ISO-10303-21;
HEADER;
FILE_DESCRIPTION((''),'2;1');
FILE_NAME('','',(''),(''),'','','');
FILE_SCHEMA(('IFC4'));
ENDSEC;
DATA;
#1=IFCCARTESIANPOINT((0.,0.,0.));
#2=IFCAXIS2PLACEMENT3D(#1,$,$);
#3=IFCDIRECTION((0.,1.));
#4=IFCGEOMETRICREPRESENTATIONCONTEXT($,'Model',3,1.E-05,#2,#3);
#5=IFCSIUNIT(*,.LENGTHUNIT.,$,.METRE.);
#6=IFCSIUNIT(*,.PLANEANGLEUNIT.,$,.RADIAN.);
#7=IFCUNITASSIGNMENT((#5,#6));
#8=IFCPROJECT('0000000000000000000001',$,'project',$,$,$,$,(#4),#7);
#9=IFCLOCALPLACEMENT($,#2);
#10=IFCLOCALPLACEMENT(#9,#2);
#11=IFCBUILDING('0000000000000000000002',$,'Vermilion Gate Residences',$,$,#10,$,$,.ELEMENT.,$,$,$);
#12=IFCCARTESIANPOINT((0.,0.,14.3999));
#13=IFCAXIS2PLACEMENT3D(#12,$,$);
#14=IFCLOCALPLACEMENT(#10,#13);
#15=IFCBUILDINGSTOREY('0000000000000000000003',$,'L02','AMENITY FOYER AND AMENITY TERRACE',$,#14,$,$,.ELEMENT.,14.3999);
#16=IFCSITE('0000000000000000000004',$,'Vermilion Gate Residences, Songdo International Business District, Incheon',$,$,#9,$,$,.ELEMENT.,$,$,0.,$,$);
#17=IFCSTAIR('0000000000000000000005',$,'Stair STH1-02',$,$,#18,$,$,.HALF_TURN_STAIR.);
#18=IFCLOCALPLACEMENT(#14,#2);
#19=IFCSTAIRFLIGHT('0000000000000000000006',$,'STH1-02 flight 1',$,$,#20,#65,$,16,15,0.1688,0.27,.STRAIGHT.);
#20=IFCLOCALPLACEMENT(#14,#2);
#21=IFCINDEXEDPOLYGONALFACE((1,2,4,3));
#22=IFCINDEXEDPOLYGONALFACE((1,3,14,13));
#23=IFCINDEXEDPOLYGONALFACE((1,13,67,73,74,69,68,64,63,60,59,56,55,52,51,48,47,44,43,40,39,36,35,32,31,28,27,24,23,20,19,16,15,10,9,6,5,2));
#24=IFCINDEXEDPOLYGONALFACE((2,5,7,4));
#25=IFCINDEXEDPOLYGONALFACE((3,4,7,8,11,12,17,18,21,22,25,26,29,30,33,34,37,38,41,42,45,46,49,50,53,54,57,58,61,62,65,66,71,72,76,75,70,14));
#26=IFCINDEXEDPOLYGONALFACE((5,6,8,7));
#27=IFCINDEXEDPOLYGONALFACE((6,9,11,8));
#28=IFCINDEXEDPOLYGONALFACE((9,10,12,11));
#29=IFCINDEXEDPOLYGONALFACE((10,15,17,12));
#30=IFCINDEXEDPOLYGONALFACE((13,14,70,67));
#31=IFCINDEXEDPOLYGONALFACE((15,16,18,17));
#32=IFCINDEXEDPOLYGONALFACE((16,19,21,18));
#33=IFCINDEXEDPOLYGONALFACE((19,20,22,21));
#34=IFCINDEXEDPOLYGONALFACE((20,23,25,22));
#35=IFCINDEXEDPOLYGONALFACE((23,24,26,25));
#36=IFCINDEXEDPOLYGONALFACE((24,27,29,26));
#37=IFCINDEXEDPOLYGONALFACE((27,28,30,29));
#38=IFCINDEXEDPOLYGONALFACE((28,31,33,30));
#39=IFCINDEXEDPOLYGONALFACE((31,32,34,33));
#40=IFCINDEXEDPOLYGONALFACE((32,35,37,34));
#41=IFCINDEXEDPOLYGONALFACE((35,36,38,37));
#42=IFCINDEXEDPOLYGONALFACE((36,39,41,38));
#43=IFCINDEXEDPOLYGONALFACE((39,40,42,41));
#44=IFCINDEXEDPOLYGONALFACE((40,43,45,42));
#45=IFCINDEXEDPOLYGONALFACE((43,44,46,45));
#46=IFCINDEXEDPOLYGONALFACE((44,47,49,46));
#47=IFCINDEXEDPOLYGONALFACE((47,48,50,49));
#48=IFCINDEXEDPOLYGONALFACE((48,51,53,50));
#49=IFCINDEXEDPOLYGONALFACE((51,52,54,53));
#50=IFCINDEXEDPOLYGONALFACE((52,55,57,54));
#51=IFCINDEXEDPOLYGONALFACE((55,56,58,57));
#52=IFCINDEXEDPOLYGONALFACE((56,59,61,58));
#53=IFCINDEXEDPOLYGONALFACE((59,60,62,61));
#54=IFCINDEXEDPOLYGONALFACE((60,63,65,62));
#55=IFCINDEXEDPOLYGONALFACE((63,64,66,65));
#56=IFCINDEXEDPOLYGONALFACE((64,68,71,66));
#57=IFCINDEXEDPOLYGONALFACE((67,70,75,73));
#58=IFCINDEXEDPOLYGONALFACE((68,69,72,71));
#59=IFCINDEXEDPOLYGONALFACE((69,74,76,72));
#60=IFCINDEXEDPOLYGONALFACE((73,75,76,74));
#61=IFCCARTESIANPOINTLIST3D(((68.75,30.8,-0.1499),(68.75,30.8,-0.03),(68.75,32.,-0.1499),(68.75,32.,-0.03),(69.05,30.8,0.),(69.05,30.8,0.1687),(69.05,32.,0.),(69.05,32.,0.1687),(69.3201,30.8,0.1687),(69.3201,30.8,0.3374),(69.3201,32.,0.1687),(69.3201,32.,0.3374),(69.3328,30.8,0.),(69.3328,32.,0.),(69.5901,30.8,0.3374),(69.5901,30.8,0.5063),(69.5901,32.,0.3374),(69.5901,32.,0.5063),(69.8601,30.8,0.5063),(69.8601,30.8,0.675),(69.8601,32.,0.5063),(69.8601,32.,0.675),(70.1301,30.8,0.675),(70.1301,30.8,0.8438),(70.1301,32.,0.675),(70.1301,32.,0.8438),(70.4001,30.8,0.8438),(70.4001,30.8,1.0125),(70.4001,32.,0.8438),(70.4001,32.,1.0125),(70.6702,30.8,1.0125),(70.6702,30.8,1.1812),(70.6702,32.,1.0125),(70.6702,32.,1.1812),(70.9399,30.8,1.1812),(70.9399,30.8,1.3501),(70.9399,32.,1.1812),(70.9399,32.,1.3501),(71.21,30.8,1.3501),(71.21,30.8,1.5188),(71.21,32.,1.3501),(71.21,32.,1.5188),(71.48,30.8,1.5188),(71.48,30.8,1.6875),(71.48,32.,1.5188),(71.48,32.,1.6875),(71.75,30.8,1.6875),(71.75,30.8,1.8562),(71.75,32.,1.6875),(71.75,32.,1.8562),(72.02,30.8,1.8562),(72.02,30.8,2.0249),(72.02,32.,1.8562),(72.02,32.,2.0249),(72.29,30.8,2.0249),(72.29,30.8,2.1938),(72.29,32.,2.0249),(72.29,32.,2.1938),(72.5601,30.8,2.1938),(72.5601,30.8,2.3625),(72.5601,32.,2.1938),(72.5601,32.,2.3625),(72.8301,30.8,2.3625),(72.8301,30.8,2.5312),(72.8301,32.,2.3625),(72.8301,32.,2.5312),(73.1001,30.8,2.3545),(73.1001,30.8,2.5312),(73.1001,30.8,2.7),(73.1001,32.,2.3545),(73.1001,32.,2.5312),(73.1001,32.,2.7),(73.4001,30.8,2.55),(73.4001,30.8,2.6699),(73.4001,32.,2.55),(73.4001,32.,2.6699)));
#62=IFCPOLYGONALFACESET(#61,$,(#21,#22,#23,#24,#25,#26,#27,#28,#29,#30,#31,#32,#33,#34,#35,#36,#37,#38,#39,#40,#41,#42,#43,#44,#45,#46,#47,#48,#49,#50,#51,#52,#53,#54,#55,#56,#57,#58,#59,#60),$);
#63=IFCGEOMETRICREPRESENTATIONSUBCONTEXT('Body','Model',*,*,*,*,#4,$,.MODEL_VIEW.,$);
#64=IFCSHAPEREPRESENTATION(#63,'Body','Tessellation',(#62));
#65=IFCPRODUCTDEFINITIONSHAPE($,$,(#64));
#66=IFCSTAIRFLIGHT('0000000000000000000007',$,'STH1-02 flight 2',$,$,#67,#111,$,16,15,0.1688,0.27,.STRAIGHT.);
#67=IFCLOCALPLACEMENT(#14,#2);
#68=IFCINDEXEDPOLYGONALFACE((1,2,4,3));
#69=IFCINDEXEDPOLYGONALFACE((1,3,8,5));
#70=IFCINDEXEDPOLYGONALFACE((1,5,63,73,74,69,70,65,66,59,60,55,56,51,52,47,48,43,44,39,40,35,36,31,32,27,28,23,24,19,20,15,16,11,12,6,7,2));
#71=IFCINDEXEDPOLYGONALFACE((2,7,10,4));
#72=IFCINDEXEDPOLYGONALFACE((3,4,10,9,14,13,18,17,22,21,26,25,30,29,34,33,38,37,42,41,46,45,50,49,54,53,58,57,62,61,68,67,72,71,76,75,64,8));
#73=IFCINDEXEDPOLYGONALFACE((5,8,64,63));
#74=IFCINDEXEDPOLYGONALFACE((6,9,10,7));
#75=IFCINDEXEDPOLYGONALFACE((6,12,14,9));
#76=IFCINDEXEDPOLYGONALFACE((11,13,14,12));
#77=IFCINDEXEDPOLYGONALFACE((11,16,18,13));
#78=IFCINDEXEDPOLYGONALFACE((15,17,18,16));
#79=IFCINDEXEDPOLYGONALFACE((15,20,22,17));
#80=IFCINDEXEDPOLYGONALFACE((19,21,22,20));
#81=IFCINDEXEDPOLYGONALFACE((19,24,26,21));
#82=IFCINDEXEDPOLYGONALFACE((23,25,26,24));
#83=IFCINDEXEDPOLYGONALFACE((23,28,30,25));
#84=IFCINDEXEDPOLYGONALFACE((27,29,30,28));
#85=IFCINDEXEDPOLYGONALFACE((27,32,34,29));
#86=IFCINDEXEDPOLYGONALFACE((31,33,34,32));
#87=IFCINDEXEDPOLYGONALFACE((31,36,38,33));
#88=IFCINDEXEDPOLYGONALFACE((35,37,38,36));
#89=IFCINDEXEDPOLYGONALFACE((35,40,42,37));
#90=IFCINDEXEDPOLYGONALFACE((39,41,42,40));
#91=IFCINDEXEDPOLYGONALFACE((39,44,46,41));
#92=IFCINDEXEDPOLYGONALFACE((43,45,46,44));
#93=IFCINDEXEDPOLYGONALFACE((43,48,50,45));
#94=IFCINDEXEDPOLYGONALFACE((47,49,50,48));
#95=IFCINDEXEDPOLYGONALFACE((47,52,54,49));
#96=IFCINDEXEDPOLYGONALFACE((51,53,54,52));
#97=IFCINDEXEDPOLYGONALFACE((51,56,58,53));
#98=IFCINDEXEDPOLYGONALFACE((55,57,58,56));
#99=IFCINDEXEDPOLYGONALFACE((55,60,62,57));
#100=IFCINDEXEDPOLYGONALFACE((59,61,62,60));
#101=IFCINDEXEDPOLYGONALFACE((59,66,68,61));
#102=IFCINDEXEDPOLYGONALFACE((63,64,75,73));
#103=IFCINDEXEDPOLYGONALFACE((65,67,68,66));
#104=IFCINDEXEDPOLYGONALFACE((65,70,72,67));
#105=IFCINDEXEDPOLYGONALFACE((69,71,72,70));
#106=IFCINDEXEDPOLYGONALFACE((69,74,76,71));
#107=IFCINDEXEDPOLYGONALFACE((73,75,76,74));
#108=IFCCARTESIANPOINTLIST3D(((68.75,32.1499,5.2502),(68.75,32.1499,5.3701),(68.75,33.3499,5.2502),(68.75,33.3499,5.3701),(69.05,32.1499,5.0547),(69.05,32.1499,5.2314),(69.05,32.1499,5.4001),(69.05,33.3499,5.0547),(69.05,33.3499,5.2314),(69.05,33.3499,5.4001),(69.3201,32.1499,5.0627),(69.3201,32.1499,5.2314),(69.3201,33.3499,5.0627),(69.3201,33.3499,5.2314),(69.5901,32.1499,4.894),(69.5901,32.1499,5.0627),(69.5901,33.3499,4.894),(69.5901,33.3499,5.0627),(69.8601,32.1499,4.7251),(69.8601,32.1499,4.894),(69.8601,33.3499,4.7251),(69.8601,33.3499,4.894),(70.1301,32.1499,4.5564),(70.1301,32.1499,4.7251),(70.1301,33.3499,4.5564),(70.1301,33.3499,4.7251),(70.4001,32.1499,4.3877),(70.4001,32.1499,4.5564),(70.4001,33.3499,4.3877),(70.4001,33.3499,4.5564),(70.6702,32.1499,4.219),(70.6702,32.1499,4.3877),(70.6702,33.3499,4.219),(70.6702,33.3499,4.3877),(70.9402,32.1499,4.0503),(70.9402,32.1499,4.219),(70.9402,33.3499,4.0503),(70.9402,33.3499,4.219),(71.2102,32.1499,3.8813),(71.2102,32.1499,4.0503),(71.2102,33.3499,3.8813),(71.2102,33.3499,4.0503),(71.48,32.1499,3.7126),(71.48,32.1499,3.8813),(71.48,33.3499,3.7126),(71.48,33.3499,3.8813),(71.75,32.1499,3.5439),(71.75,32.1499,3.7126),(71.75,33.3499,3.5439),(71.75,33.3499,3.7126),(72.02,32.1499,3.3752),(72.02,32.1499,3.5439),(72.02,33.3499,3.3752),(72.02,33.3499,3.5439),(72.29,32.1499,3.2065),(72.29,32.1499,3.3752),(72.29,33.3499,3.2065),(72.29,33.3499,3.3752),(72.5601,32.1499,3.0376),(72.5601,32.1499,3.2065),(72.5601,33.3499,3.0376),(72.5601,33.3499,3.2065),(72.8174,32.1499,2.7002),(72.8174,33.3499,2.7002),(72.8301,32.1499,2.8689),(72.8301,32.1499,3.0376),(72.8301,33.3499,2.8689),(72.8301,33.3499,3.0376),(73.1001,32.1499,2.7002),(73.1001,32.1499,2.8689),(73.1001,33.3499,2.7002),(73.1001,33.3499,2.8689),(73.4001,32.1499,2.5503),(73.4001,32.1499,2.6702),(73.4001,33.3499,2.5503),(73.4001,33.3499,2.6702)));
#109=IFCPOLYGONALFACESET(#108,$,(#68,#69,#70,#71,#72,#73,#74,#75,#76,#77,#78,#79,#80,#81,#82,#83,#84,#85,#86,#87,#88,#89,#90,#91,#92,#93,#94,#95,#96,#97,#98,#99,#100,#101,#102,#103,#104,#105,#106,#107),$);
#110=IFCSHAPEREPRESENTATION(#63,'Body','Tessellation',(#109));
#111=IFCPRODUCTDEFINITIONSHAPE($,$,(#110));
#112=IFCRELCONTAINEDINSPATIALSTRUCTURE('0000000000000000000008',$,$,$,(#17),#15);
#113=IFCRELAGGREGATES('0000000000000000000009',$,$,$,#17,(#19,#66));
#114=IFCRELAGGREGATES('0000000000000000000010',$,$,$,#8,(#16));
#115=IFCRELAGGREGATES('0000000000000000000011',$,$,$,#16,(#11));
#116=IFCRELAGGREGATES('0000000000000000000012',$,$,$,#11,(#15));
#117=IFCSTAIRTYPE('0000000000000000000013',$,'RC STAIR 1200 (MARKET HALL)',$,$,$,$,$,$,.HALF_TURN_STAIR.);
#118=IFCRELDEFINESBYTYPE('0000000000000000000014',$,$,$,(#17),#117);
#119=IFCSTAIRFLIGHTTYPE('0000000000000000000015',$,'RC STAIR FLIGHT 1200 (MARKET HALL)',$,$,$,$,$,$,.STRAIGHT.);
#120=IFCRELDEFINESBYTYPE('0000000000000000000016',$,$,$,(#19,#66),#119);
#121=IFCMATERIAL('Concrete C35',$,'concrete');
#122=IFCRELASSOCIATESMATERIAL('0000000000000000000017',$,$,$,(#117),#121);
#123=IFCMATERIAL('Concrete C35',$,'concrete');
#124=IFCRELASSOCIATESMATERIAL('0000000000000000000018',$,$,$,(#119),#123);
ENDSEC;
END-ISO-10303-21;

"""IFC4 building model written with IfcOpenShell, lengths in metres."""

from ifc_helpers import new_model, si_unit, direction, frame, origin, place, context, subcontext, project, spatial, polyline, outline, extrude, material, type_object, element, aggregate, save


model = new_model("IFC4")

# Units and contexts
model_context = context("Model", 3, precision=1e-05, world=origin(), true_north=direction((0.0, 1.0)))
body_context = subcontext(model_context, "Body", "Model", "MODEL_VIEW")
ifc_project = project(units=[si_unit("LENGTHUNIT", "METRE"), si_unit("PLANEANGLEUNIT", "RADIAN")], contexts=[model_context])

# Site, building, storey
site_placement = place(None, origin())
site = spatial("IfcSite", under=ifc_project, at=site_placement, Name="Vermilion Gate Residences, Songdo International Business District, Incheon", CompositionType="ELEMENT", RefElevation=0.0)
building_placement = place(site_placement, origin())
building = spatial("IfcBuilding", under=site, at=building_placement, Name="Vermilion Gate Residences", CompositionType="ELEMENT")
storey_placement = place(building_placement, frame((0.0, 0.0, 14.3999)))
storey = spatial("IfcBuildingStorey", under=building, at=storey_placement, Name="L02", Description="AMENITY FOYER AND AMENITY TERRACE", CompositionType="ELEMENT", Elevation=14.3999)

# Stair, stair flights
ifc_material_1 = material(Name="Concrete C35", Category="concrete")
stair_type = type_object("IfcStairType", Name="RC STAIR 1200 (MARKET HALL)", PredefinedType="HALF_TURN_STAIR", material=ifc_material_1)
stair_placement = place(storey_placement, origin())
stair = element("IfcStair", 1, at=stair_placement, inside=storey, type_object=stair_type, Name="Stair STH1-02", PredefinedType="HALF_TURN_STAIR")
ifc_material_2 = material(Name="Concrete C35", Category="concrete")
stair_flight_type = type_object("IfcStairFlightType", Name="RC STAIR FLIGHT 1200 (MARKET HALL)", PredefinedType="STRAIGHT", material=ifc_material_2)
stair_flight_1_placement = place(storey_placement, frame((69.05, 31.3999, 0.0), z_axis=(0.0, 0.0, 1.0), x_axis=(1.0, 0.0, 0.0)))
stair_flight_1 = element("IfcStairFlight", 2, at=stair_flight_1_placement, type_object=stair_flight_type, Name="STH1-02 flight 1", NumberOfRisers=16, NumberOfTreads=15, PredefinedType="STRAIGHT", RiserHeight=0.1688, TreadLength=0.27, context=body_context, shape_type="SweptSolid", body=[
    extrude(outline(polyline([(-0.3, -0.1499), (-0.3, -0.03), (0.0, 0.0), (0.0, 0.1687), (0.27, 0.1687), (0.27, 0.3374), (0.54, 0.3374), (0.54, 0.5063), (0.8101, 0.5063), (0.8101, 0.675), (1.0801, 0.675), (1.0801, 0.8438), (1.3501, 0.8438), (1.3501, 1.0125), (1.6201, 1.0125), (1.6201, 1.1812), (1.8899, 1.1812), (1.8899, 1.3501), (2.1599, 1.3501), (2.1599, 1.5188), (2.4299, 1.5188), (2.4299, 1.6875), (2.7, 1.6875), (2.7, 1.8562), (2.97, 1.8562), (2.97, 2.0249), (3.24, 2.0249), (3.24, 2.1938), (3.51, 2.1938), (3.51, 2.3625), (3.78, 2.3625), (3.78, 2.5312), (4.05, 2.5312), (4.05, 2.7), (4.3501, 2.6699), (4.3501, 2.55), (4.05, 2.3545), (0.2827, 0.0), (-0.3, -0.1499)])), frame((0.0, 0.6001, 0.0), z_axis=(0.0, -1.0, 0.0), x_axis=(1.0, 0.0, 0.0)), (0.0, 0.0, 1.0), 1.2),
])
stair_flight_2_placement = place(storey_placement, frame((73.1001, 32.75, 2.7002), z_axis=(0.0, 0.0, 1.0), x_axis=(-1.0, 0.0, 0.0)))
stair_flight_2 = element("IfcStairFlight", 3, at=stair_flight_2_placement, type_object=stair_flight_type, Name="STH1-02 flight 2", NumberOfRisers=16, NumberOfTreads=15, PredefinedType="STRAIGHT", RiserHeight=0.1688, TreadLength=0.27, context=body_context, shape_type="SweptSolid", body=[
    extrude(outline(polyline([(-0.3, -0.1499), (-0.3, -0.03), (0.0, 0.0), (0.0, 0.1687), (0.27, 0.1687), (0.27, 0.3374), (0.54, 0.3374), (0.54, 0.5063), (0.8101, 0.5063), (0.8101, 0.675), (1.0801, 0.675), (1.0801, 0.8438), (1.3501, 0.8438), (1.3501, 1.0125), (1.6201, 1.0125), (1.6201, 1.1812), (1.8899, 1.1812), (1.8899, 1.3501), (2.1599, 1.3501), (2.1599, 1.5188), (2.4299, 1.5188), (2.4299, 1.6875), (2.7, 1.6875), (2.7, 1.8562), (2.97, 1.8562), (2.97, 2.0249), (3.24, 2.0249), (3.24, 2.1938), (3.51, 2.1938), (3.51, 2.3625), (3.78, 2.3625), (3.78, 2.5312), (4.05, 2.5312), (4.05, 2.7), (4.3501, 2.6699), (4.3501, 2.55), (4.05, 2.3545), (0.2827, 0.0), (-0.3, -0.1499)])), frame((0.0, 0.6001, 0.0), z_axis=(0.0, -1.0, 0.0), x_axis=(1.0, 0.0, 0.0)), (0.0, 0.0, 1.0), 1.2),
])
aggregate(stair, [stair_flight_1, stair_flight_2])

save(model, "model.ifc")
